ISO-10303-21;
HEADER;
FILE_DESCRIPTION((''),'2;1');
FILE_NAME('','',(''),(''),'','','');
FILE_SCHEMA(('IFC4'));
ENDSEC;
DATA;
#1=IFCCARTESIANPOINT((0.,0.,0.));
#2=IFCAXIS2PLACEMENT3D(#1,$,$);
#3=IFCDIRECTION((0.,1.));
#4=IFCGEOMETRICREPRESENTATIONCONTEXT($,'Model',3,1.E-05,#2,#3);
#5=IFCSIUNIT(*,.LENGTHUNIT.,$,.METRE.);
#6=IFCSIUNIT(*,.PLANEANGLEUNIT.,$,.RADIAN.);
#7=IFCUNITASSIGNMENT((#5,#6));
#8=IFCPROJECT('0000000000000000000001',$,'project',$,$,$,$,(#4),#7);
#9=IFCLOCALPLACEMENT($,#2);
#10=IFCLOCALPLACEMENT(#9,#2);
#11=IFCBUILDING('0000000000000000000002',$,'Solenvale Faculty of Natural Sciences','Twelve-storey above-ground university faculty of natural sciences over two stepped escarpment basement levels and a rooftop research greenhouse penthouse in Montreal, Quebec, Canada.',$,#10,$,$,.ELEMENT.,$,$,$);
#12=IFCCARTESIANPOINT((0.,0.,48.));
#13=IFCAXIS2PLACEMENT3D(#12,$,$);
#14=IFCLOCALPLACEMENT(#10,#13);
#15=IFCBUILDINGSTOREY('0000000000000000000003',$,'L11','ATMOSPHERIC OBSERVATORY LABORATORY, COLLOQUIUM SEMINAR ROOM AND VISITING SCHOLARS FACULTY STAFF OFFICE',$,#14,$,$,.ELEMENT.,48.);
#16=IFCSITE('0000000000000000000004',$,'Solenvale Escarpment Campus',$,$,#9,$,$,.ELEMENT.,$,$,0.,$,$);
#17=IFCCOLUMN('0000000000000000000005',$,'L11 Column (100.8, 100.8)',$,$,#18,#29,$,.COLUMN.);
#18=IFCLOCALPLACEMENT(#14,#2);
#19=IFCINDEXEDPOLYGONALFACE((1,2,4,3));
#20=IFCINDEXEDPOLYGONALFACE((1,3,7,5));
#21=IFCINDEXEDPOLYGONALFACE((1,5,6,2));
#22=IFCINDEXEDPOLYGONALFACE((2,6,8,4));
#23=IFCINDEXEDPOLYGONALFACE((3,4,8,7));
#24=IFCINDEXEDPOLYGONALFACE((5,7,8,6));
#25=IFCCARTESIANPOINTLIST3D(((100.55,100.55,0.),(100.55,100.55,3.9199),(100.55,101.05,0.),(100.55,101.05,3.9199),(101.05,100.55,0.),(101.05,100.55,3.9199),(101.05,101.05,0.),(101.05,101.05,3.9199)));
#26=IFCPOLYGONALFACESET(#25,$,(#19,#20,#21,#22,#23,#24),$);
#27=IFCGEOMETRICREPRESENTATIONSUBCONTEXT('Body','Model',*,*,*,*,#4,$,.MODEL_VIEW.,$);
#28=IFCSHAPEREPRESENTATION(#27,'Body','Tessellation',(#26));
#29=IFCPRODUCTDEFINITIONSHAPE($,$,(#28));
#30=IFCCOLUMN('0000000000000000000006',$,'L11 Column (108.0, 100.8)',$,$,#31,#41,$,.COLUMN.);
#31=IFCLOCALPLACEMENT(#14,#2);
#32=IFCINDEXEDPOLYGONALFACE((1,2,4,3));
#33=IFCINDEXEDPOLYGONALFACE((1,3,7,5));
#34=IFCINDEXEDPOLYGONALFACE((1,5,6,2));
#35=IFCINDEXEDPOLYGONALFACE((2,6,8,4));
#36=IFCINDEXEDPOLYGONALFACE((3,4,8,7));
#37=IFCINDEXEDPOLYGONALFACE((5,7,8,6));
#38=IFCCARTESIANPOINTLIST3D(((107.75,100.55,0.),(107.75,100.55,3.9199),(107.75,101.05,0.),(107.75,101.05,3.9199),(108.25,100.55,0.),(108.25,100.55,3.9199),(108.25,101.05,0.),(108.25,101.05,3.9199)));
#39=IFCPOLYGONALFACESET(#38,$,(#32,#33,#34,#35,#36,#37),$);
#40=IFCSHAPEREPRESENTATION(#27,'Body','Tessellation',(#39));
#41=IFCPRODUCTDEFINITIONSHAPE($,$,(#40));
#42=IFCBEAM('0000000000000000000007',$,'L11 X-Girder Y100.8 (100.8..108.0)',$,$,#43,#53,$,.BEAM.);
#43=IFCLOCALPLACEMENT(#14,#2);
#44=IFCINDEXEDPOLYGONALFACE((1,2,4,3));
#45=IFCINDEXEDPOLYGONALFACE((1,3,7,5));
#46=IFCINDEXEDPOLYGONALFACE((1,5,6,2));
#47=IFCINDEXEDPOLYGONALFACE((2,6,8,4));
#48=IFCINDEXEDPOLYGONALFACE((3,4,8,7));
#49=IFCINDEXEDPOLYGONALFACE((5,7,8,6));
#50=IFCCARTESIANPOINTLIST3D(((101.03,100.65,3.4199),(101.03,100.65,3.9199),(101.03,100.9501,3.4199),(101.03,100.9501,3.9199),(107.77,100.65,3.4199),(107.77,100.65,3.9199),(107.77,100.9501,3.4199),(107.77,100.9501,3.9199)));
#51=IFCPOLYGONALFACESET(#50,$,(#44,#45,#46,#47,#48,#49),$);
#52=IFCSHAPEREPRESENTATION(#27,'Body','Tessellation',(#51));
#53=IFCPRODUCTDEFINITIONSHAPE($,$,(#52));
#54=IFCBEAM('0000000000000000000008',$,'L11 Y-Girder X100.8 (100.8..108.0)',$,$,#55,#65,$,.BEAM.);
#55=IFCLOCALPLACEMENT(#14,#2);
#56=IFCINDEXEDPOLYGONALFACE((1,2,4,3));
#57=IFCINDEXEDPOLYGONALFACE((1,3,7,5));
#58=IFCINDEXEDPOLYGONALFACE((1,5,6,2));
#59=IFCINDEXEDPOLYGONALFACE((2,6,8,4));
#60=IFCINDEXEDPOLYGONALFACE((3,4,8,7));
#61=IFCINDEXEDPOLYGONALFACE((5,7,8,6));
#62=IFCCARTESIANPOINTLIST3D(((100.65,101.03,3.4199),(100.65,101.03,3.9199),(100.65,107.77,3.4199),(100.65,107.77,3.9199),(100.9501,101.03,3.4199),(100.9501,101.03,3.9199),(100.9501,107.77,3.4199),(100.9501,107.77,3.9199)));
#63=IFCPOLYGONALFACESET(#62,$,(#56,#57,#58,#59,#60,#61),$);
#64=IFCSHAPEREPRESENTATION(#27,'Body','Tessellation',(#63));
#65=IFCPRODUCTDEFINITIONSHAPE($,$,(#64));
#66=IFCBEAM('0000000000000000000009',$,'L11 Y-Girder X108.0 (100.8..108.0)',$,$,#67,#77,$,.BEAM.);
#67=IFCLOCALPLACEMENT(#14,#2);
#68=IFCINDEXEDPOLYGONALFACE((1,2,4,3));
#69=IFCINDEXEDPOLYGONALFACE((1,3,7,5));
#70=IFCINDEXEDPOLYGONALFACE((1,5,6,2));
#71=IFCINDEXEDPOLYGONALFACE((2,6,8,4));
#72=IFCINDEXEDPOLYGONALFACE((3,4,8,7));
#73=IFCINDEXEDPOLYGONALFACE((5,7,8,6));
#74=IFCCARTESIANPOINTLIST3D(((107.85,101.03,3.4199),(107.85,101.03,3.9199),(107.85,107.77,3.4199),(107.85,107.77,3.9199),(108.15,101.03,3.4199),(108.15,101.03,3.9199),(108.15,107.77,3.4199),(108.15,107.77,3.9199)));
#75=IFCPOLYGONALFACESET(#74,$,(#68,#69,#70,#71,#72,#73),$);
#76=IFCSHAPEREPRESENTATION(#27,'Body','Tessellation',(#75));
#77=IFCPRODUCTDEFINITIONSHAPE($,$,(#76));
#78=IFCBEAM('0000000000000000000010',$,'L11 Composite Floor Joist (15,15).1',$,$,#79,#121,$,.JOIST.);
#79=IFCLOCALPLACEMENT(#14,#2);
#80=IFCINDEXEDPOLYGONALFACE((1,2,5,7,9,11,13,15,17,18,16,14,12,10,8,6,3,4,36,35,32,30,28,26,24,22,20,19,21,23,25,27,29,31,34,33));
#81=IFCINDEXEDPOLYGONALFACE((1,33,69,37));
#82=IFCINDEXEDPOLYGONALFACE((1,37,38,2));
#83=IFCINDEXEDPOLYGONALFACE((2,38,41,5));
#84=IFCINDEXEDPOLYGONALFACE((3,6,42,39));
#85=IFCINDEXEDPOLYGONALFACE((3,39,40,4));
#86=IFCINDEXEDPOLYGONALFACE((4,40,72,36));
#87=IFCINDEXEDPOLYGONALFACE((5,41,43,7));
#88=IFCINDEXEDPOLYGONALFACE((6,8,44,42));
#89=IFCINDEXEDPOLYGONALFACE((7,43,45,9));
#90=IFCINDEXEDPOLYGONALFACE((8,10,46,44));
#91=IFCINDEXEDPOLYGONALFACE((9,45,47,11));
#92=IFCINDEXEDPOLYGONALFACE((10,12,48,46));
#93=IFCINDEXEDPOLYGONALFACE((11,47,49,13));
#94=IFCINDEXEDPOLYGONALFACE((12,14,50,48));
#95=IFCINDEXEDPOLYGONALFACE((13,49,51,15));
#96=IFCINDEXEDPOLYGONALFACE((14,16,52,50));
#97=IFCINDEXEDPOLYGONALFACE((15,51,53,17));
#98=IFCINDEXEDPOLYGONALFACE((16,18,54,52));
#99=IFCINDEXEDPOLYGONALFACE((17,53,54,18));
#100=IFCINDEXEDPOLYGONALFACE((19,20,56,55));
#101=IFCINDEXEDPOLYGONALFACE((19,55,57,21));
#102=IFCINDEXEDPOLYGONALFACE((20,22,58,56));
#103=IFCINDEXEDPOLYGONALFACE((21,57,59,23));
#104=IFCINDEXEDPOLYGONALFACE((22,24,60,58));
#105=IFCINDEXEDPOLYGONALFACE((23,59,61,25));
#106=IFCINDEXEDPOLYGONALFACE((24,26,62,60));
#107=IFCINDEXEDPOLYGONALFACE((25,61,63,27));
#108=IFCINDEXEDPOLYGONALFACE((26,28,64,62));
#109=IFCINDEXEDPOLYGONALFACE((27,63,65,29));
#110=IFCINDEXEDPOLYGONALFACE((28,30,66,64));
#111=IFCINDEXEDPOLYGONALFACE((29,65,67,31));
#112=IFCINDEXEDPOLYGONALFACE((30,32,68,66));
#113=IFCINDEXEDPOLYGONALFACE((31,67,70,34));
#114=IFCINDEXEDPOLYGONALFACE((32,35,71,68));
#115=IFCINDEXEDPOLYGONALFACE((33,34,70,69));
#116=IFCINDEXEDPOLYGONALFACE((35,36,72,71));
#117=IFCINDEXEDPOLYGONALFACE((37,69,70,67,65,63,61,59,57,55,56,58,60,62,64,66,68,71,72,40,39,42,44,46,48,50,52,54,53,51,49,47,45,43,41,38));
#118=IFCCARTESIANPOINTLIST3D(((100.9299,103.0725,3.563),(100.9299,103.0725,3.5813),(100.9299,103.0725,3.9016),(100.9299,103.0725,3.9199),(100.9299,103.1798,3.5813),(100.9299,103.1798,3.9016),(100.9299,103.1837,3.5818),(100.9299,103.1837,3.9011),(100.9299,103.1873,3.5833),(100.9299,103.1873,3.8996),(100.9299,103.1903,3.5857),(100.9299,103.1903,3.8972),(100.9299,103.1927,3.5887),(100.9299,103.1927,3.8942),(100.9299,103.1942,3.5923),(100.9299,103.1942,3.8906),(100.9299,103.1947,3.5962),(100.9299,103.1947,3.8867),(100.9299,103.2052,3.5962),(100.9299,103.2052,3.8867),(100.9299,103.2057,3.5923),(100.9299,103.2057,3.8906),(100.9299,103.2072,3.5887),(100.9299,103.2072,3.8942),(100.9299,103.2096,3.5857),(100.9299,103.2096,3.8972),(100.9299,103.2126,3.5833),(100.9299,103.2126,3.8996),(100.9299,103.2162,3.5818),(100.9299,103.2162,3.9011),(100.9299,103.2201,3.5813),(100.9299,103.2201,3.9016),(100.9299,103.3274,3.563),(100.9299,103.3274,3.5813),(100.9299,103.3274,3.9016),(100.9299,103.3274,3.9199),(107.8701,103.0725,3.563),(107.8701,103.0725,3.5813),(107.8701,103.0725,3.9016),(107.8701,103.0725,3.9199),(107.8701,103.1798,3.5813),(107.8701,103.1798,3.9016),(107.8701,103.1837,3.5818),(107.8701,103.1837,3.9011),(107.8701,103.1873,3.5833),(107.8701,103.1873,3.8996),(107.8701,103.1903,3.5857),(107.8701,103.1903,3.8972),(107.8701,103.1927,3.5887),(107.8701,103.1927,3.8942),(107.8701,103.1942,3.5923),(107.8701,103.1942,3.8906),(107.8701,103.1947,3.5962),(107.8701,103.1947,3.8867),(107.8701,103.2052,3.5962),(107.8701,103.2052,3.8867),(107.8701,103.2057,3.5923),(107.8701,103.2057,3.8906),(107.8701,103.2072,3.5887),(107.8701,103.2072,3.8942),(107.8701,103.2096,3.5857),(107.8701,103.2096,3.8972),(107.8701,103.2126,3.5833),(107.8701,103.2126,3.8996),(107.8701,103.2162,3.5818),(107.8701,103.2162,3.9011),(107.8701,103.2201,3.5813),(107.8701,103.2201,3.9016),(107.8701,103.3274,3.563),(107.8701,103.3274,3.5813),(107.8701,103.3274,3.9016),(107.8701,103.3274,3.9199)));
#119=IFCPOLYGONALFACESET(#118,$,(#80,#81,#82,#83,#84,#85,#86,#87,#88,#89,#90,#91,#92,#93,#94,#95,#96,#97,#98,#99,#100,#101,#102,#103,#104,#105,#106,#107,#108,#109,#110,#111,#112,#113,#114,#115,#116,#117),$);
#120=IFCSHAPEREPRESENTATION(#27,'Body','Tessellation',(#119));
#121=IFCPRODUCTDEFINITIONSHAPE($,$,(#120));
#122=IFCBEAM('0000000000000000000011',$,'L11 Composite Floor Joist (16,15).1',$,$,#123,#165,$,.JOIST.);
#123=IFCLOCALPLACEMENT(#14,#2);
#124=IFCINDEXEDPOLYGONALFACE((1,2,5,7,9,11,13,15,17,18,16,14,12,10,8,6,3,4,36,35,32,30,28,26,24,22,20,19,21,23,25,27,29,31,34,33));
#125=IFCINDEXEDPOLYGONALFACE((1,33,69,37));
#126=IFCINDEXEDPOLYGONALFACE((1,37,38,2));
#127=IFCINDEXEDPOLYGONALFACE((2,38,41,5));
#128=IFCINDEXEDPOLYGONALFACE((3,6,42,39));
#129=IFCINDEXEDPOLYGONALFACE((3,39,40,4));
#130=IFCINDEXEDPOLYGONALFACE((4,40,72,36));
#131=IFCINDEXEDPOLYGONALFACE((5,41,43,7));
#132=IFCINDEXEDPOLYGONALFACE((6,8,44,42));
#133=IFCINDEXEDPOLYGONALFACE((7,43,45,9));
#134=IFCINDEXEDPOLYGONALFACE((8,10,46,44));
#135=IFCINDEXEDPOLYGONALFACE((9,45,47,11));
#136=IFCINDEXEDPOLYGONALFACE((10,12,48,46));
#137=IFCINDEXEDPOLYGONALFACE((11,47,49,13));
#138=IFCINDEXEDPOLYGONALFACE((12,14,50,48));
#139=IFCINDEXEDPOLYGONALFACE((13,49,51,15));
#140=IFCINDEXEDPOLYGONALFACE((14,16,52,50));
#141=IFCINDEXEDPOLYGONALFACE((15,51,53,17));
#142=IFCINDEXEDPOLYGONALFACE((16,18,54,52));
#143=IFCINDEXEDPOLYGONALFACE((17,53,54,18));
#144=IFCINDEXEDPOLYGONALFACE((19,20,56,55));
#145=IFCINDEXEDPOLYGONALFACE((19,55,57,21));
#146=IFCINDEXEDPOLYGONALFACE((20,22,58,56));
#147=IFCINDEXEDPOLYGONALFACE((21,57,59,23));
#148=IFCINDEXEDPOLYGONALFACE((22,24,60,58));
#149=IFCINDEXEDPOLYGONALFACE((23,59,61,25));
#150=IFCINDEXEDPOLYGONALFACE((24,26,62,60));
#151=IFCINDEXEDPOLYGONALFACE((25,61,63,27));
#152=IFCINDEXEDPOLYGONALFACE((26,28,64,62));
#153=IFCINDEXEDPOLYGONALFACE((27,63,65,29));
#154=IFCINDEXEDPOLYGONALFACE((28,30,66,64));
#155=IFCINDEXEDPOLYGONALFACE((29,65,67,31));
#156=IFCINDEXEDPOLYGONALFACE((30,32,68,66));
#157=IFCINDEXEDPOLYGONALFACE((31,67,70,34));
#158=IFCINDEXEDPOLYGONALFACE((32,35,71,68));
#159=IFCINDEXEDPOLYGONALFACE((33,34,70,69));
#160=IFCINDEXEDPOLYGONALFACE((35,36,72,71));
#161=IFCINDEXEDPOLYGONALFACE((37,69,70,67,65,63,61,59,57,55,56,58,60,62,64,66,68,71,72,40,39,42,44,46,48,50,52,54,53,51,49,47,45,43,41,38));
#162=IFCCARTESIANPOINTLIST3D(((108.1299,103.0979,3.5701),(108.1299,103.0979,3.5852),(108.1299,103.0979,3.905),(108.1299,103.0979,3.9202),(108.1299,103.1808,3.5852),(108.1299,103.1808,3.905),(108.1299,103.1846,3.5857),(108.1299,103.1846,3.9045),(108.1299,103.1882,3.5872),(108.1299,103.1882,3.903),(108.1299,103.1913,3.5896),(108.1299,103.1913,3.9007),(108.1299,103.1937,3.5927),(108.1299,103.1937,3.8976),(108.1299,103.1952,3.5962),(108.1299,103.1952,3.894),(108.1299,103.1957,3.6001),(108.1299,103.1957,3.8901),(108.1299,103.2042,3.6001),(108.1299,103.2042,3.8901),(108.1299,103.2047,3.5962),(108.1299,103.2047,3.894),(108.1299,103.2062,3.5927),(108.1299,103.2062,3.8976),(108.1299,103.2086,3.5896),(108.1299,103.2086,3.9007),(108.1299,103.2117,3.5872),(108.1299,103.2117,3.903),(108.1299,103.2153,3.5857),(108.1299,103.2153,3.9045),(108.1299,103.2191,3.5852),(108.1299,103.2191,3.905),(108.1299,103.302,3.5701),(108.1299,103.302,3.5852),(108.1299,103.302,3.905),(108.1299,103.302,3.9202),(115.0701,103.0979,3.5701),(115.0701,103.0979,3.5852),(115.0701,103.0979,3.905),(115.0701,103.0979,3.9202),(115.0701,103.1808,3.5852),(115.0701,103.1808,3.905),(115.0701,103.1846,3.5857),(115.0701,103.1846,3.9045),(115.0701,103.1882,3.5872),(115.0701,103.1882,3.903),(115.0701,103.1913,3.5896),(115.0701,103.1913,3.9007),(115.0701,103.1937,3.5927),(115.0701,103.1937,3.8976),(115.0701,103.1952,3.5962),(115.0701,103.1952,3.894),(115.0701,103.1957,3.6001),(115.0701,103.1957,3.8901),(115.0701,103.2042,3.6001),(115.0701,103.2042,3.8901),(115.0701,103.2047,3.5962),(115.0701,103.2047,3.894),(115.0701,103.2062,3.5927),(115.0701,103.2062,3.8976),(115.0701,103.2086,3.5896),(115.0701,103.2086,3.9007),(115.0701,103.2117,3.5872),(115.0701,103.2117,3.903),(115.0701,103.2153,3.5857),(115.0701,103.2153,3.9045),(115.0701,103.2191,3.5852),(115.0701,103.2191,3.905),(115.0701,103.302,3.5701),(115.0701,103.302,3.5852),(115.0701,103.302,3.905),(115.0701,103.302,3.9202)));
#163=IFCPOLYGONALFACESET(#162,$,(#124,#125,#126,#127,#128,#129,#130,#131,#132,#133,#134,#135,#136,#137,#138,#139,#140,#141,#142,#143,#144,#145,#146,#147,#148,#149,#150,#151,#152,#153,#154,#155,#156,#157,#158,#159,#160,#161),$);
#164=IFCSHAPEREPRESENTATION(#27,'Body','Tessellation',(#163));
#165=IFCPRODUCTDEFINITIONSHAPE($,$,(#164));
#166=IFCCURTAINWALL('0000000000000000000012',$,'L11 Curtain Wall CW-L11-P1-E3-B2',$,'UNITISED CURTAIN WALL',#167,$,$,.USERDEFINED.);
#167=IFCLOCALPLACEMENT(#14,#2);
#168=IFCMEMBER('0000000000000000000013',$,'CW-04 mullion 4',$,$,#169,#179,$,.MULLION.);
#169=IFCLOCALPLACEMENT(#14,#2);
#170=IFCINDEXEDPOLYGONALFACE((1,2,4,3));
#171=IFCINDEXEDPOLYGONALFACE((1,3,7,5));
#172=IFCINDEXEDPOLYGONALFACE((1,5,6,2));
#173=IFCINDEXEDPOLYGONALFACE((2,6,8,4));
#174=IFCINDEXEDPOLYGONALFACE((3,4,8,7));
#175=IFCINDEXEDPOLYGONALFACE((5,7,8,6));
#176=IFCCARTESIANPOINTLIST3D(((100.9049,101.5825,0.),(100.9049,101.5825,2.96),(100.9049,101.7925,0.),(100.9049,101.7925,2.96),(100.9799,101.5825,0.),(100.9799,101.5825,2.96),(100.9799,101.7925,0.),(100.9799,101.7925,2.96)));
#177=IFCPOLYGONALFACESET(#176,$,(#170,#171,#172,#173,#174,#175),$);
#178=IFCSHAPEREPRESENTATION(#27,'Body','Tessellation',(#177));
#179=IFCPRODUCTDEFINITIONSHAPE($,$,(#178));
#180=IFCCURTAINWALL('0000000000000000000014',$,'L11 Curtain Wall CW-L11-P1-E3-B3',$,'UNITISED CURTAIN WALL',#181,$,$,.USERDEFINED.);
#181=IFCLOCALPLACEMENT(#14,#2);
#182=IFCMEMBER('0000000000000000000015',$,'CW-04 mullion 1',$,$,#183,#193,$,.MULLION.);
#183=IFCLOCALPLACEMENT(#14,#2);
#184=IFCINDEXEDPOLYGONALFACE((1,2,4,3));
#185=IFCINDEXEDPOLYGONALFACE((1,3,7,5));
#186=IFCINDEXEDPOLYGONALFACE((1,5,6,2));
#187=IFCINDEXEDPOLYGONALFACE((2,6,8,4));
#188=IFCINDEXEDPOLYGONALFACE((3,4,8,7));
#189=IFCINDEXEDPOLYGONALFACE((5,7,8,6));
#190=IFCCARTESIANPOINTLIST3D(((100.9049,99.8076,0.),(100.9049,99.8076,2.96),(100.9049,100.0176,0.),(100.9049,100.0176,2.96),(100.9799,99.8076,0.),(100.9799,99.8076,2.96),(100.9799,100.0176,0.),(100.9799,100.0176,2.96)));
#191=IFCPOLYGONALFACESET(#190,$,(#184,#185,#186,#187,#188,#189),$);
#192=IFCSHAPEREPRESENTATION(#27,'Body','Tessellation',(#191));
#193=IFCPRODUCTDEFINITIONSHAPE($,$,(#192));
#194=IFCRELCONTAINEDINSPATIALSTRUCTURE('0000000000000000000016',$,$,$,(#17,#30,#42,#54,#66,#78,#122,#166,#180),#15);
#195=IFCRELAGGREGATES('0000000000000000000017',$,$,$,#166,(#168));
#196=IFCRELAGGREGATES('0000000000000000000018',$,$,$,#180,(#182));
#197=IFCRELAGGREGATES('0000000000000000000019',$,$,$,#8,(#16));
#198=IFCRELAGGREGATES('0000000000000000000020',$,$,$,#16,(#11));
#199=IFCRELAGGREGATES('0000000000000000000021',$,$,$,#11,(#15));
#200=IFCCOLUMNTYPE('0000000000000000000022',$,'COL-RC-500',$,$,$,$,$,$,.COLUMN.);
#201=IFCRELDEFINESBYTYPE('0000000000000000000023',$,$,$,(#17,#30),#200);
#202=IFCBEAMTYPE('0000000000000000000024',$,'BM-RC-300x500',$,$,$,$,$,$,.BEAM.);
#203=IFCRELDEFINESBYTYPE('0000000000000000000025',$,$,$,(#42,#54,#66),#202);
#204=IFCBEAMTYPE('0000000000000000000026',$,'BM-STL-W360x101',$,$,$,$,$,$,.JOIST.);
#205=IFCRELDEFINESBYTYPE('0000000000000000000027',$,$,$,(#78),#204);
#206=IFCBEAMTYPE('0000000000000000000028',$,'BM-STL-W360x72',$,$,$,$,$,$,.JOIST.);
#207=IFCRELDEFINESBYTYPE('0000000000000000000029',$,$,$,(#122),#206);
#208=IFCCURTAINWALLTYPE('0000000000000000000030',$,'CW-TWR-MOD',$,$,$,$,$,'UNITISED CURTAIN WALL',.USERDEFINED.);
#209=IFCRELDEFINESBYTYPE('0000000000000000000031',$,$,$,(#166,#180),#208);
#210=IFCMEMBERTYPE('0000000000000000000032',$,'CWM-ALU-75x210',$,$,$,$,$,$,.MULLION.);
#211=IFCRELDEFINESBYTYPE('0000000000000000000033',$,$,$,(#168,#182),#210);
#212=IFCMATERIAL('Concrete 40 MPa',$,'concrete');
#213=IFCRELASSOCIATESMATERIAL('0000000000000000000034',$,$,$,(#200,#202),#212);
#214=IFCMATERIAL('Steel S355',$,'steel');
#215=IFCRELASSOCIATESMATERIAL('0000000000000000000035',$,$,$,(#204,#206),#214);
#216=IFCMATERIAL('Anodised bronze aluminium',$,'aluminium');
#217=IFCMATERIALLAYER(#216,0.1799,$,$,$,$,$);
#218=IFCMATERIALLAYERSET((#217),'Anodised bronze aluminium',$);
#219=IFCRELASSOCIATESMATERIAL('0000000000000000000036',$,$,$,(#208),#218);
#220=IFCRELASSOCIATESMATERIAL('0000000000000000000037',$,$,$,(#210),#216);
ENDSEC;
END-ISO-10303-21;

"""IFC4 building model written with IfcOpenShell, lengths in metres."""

from ifc_helpers import new_model, si_unit, direction, frame, origin, origin_2d, place, context, subcontext, project, spatial, rectangle, i_section, extrude, material, layer, layer_set, material_profile, profile_set, type_object, element, aggregate, save


model = new_model("IFC4")

# Units and contexts
model_context = context("Model", 3, precision=1e-05, world=origin(), true_north=direction((0.0, 1.0)))
body_context = subcontext(model_context, "Body", "Model", "MODEL_VIEW")
ifc_project = project(units=[si_unit("LENGTHUNIT", "METRE"), si_unit("PLANEANGLEUNIT", "RADIAN")], contexts=[model_context])

# Site, building, storey
site_placement = place(None, origin())
site = spatial("IfcSite", under=ifc_project, at=site_placement, Name="Solenvale Escarpment Campus", CompositionType="ELEMENT", RefElevation=0.0)
building_placement = place(site_placement, origin())
building = spatial("IfcBuilding", under=site, at=building_placement, Name="Solenvale Faculty of Natural Sciences", Description="Twelve-storey above-ground university faculty of natural sciences over two stepped escarpment basement levels and a rooftop research greenhouse penthouse in Montreal, Quebec, Canada.", CompositionType="ELEMENT")
storey_placement = place(building_placement, frame((0.0, 0.0, 48.0)))
storey = spatial("IfcBuildingStorey", under=building, at=storey_placement, Name="L11", Description="ATMOSPHERIC OBSERVATORY LABORATORY, COLLOQUIUM SEMINAR ROOM AND VISITING SCHOLARS FACULTY STAFF OFFICE", CompositionType="ELEMENT", Elevation=48.0)

# Columns
ifc_material_1 = material(Name="Concrete 40 MPa", Category="concrete")
ifc_material_profile_1 = material_profile(ifc_material_1, rectangle(XDim=0.5, YDim=0.5, at=origin_2d()), Name="RC-COL-500x500")
ifc_profile_set_1 = profile_set([ifc_material_profile_1], Name="Concrete 40 MPa")
column_type = type_object("IfcColumnType", Name="COL-RC-500", PredefinedType="COLUMN", material=ifc_profile_set_1)
for number, where, z_axis, x_axis, name in (
    (1, (100.8, 100.8, 0.0), (0.0, 0.0, 1.0), (1.0, 0.0, 0.0), "L11 Column (100.8, 100.8)"),
    (2, (108.0, 100.8, 0.0), (0.0, 0.0, 1.0), (1.0, 0.0, 0.0), "L11 Column (108.0, 100.8)"),
):
    element("IfcColumn", number, at=place(storey_placement, frame(where, z_axis=z_axis, x_axis=x_axis)), inside=storey, type_object=column_type, Name=name, PredefinedType="COLUMN", context=body_context, shape_type="SweptSolid", body=[
        extrude(rectangle(XDim=0.5, YDim=0.5, at=origin_2d()), origin(), (0.0, 0.0, 1.0), 3.9199),
    ])

# Beams
ifc_material_profile_2 = material_profile(ifc_material_1, rectangle(XDim=0.3, YDim=0.5, at=origin_2d()), Name="RC-BM-300x500")
ifc_profile_set_2 = profile_set([ifc_material_profile_2], Name="Concrete 40 MPa")
beam_type_1 = type_object("IfcBeamType", Name="BM-RC-300x500", PredefinedType="BEAM", material=ifc_profile_set_2)
for number, where, z_axis, x_axis, name in (
    (3, (101.03, 100.8, 3.6699), (1.0, 0.0, 0.0), (0.0, 1.0, 0.0), "L11 X-Girder Y100.8 (100.8..108.0)"),
    (4, (100.8, 101.03, 3.6699), (0.0, 1.0, 0.0), (-1.0, 0.0, 0.0), "L11 Y-Girder X100.8 (100.8..108.0)"),
    (5, (108.0, 101.03, 3.6699), (0.0, 1.0, 0.0), (-1.0, 0.0, 0.0), "L11 Y-Girder X108.0 (100.8..108.0)"),
):
    element("IfcBeam", number, at=place(storey_placement, frame(where, z_axis=z_axis, x_axis=x_axis)), inside=storey, type_object=beam_type_1, Name=name, PredefinedType="BEAM", context=body_context, shape_type="SweptSolid", body=[
        extrude(rectangle(XDim=0.3, YDim=0.5, at=origin_2d()), origin(), (0.0, 0.0, 1.0), 6.74),
    ])
ifc_material_2 = material(Name="Steel S355", Category="steel")
ifc_material_profile_3 = material_profile(ifc_material_2, i_section(OverallWidth=0.2549, OverallDepth=0.3569, WebThickness=0.0105, FlangeThickness=0.0183, FilletRadius=0.0149, at=origin_2d()), Name="W360x101")
ifc_profile_set_3 = profile_set([ifc_material_profile_3], Name="Steel S355")
beam_type_2 = type_object("IfcBeamType", Name="BM-STL-W360x101", PredefinedType="JOIST", material=ifc_profile_set_3)
beam_1_placement = place(storey_placement, frame((100.9299, 103.2, 3.7415), z_axis=(1.0, 0.0, 0.0), x_axis=(0.0, 1.0, 0.0)))
element("IfcBeam", 6, at=beam_1_placement, inside=storey, type_object=beam_type_2, Name="L11 Composite Floor Joist (15,15).1", PredefinedType="JOIST", context=body_context, shape_type="SweptSolid", body=[
    extrude(i_section(OverallWidth=0.2549, OverallDepth=0.3569, WebThickness=0.0105, FlangeThickness=0.0183, FilletRadius=0.0149, at=origin_2d()), origin(), (0.0, 0.0, 1.0), 6.9402),
])
ifc_material_profile_4 = material_profile(ifc_material_2, i_section(OverallWidth=0.2041, OverallDepth=0.3501, WebThickness=0.0085, FlangeThickness=0.0151, FilletRadius=0.0149, at=origin_2d()), Name="W360x72")
ifc_profile_set_4 = profile_set([ifc_material_profile_4], Name="Steel S355")
beam_type_3 = type_object("IfcBeamType", Name="BM-STL-W360x72", PredefinedType="JOIST", material=ifc_profile_set_4)
beam_2_placement = place(storey_placement, frame((108.1299, 103.2, 3.7451), z_axis=(1.0, 0.0, 0.0), x_axis=(0.0, 1.0, 0.0)))
element("IfcBeam", 7, at=beam_2_placement, inside=storey, type_object=beam_type_3, Name="L11 Composite Floor Joist (16,15).1", PredefinedType="JOIST", context=body_context, shape_type="SweptSolid", body=[
    extrude(i_section(OverallWidth=0.2041, OverallDepth=0.3501, WebThickness=0.0085, FlangeThickness=0.0151, FilletRadius=0.0149, at=origin_2d()), origin(), (0.0, 0.0, 1.0), 6.9402),
])

# Curtain walls, members
ifc_material_3 = material(Name="Anodised bronze aluminium", Category="aluminium")
ifc_layer_1 = layer(ifc_material_3, 0.1799)
ifc_layer_set_1 = layer_set([ifc_layer_1], Name="Anodised bronze aluminium")
curtain_wall_type = type_object("IfcCurtainWallType", Name="CW-TWR-MOD", ElementType="UNITISED CURTAIN WALL", PredefinedType="USERDEFINED", material=ifc_layer_set_1)
curtain_wall_1_placement = place(storey_placement, origin())
curtain_wall_1 = element("IfcCurtainWall", 8, at=curtain_wall_1_placement, inside=storey, type_object=curtain_wall_type, Name="L11 Curtain Wall CW-L11-P1-E3-B2", ObjectType="UNITISED CURTAIN WALL", PredefinedType="USERDEFINED")
ifc_material_profile_5 = material_profile(ifc_material_3, rectangle(XDim=0.075, YDim=0.21, at=origin_2d()), Name="ALU-MUL-75x210")
ifc_profile_set_5 = profile_set([ifc_material_profile_5], Name="Anodised bronze aluminium")
member_type_1 = type_object("IfcMemberType", Name="CWM-ALU-75x210", PredefinedType="MULLION", material=ifc_profile_set_5)
member_1_placement = place(storey_placement, frame((100.9424, 101.6875, 0.0), z_axis=(0.0, 0.0, 1.0), x_axis=(1.0, 0.0, 0.0)))
member_1 = element("IfcMember", 9, at=member_1_placement, type_object=member_type_1, Name="CW-04 mullion 4", PredefinedType="MULLION", context=body_context, shape_type="SweptSolid", body=[
    extrude(rectangle(XDim=0.075, YDim=0.21, at=origin_2d()), origin(), (0.0, 0.0, 1.0), 2.96),
])
curtain_wall_2_placement = place(storey_placement, origin())
curtain_wall_2 = element("IfcCurtainWall", 10, at=curtain_wall_2_placement, inside=storey, type_object=curtain_wall_type, Name="L11 Curtain Wall CW-L11-P1-E3-B3", ObjectType="UNITISED CURTAIN WALL", PredefinedType="USERDEFINED")
member_2_placement = place(storey_placement, frame((100.9424, 99.9126, 0.0), z_axis=(0.0, 0.0, 1.0), x_axis=(1.0, 0.0, 0.0)))
member_2 = element("IfcMember", 11, at=member_2_placement, type_object=member_type_1, Name="CW-04 mullion 1", PredefinedType="MULLION", context=body_context, shape_type="SweptSolid", body=[
    extrude(rectangle(XDim=0.075, YDim=0.21, at=origin_2d()), origin(), (0.0, 0.0, 1.0), 2.96),
])

aggregate(curtain_wall_1, [member_1])
aggregate(curtain_wall_2, [member_2])

save(model, "model.ifc")
